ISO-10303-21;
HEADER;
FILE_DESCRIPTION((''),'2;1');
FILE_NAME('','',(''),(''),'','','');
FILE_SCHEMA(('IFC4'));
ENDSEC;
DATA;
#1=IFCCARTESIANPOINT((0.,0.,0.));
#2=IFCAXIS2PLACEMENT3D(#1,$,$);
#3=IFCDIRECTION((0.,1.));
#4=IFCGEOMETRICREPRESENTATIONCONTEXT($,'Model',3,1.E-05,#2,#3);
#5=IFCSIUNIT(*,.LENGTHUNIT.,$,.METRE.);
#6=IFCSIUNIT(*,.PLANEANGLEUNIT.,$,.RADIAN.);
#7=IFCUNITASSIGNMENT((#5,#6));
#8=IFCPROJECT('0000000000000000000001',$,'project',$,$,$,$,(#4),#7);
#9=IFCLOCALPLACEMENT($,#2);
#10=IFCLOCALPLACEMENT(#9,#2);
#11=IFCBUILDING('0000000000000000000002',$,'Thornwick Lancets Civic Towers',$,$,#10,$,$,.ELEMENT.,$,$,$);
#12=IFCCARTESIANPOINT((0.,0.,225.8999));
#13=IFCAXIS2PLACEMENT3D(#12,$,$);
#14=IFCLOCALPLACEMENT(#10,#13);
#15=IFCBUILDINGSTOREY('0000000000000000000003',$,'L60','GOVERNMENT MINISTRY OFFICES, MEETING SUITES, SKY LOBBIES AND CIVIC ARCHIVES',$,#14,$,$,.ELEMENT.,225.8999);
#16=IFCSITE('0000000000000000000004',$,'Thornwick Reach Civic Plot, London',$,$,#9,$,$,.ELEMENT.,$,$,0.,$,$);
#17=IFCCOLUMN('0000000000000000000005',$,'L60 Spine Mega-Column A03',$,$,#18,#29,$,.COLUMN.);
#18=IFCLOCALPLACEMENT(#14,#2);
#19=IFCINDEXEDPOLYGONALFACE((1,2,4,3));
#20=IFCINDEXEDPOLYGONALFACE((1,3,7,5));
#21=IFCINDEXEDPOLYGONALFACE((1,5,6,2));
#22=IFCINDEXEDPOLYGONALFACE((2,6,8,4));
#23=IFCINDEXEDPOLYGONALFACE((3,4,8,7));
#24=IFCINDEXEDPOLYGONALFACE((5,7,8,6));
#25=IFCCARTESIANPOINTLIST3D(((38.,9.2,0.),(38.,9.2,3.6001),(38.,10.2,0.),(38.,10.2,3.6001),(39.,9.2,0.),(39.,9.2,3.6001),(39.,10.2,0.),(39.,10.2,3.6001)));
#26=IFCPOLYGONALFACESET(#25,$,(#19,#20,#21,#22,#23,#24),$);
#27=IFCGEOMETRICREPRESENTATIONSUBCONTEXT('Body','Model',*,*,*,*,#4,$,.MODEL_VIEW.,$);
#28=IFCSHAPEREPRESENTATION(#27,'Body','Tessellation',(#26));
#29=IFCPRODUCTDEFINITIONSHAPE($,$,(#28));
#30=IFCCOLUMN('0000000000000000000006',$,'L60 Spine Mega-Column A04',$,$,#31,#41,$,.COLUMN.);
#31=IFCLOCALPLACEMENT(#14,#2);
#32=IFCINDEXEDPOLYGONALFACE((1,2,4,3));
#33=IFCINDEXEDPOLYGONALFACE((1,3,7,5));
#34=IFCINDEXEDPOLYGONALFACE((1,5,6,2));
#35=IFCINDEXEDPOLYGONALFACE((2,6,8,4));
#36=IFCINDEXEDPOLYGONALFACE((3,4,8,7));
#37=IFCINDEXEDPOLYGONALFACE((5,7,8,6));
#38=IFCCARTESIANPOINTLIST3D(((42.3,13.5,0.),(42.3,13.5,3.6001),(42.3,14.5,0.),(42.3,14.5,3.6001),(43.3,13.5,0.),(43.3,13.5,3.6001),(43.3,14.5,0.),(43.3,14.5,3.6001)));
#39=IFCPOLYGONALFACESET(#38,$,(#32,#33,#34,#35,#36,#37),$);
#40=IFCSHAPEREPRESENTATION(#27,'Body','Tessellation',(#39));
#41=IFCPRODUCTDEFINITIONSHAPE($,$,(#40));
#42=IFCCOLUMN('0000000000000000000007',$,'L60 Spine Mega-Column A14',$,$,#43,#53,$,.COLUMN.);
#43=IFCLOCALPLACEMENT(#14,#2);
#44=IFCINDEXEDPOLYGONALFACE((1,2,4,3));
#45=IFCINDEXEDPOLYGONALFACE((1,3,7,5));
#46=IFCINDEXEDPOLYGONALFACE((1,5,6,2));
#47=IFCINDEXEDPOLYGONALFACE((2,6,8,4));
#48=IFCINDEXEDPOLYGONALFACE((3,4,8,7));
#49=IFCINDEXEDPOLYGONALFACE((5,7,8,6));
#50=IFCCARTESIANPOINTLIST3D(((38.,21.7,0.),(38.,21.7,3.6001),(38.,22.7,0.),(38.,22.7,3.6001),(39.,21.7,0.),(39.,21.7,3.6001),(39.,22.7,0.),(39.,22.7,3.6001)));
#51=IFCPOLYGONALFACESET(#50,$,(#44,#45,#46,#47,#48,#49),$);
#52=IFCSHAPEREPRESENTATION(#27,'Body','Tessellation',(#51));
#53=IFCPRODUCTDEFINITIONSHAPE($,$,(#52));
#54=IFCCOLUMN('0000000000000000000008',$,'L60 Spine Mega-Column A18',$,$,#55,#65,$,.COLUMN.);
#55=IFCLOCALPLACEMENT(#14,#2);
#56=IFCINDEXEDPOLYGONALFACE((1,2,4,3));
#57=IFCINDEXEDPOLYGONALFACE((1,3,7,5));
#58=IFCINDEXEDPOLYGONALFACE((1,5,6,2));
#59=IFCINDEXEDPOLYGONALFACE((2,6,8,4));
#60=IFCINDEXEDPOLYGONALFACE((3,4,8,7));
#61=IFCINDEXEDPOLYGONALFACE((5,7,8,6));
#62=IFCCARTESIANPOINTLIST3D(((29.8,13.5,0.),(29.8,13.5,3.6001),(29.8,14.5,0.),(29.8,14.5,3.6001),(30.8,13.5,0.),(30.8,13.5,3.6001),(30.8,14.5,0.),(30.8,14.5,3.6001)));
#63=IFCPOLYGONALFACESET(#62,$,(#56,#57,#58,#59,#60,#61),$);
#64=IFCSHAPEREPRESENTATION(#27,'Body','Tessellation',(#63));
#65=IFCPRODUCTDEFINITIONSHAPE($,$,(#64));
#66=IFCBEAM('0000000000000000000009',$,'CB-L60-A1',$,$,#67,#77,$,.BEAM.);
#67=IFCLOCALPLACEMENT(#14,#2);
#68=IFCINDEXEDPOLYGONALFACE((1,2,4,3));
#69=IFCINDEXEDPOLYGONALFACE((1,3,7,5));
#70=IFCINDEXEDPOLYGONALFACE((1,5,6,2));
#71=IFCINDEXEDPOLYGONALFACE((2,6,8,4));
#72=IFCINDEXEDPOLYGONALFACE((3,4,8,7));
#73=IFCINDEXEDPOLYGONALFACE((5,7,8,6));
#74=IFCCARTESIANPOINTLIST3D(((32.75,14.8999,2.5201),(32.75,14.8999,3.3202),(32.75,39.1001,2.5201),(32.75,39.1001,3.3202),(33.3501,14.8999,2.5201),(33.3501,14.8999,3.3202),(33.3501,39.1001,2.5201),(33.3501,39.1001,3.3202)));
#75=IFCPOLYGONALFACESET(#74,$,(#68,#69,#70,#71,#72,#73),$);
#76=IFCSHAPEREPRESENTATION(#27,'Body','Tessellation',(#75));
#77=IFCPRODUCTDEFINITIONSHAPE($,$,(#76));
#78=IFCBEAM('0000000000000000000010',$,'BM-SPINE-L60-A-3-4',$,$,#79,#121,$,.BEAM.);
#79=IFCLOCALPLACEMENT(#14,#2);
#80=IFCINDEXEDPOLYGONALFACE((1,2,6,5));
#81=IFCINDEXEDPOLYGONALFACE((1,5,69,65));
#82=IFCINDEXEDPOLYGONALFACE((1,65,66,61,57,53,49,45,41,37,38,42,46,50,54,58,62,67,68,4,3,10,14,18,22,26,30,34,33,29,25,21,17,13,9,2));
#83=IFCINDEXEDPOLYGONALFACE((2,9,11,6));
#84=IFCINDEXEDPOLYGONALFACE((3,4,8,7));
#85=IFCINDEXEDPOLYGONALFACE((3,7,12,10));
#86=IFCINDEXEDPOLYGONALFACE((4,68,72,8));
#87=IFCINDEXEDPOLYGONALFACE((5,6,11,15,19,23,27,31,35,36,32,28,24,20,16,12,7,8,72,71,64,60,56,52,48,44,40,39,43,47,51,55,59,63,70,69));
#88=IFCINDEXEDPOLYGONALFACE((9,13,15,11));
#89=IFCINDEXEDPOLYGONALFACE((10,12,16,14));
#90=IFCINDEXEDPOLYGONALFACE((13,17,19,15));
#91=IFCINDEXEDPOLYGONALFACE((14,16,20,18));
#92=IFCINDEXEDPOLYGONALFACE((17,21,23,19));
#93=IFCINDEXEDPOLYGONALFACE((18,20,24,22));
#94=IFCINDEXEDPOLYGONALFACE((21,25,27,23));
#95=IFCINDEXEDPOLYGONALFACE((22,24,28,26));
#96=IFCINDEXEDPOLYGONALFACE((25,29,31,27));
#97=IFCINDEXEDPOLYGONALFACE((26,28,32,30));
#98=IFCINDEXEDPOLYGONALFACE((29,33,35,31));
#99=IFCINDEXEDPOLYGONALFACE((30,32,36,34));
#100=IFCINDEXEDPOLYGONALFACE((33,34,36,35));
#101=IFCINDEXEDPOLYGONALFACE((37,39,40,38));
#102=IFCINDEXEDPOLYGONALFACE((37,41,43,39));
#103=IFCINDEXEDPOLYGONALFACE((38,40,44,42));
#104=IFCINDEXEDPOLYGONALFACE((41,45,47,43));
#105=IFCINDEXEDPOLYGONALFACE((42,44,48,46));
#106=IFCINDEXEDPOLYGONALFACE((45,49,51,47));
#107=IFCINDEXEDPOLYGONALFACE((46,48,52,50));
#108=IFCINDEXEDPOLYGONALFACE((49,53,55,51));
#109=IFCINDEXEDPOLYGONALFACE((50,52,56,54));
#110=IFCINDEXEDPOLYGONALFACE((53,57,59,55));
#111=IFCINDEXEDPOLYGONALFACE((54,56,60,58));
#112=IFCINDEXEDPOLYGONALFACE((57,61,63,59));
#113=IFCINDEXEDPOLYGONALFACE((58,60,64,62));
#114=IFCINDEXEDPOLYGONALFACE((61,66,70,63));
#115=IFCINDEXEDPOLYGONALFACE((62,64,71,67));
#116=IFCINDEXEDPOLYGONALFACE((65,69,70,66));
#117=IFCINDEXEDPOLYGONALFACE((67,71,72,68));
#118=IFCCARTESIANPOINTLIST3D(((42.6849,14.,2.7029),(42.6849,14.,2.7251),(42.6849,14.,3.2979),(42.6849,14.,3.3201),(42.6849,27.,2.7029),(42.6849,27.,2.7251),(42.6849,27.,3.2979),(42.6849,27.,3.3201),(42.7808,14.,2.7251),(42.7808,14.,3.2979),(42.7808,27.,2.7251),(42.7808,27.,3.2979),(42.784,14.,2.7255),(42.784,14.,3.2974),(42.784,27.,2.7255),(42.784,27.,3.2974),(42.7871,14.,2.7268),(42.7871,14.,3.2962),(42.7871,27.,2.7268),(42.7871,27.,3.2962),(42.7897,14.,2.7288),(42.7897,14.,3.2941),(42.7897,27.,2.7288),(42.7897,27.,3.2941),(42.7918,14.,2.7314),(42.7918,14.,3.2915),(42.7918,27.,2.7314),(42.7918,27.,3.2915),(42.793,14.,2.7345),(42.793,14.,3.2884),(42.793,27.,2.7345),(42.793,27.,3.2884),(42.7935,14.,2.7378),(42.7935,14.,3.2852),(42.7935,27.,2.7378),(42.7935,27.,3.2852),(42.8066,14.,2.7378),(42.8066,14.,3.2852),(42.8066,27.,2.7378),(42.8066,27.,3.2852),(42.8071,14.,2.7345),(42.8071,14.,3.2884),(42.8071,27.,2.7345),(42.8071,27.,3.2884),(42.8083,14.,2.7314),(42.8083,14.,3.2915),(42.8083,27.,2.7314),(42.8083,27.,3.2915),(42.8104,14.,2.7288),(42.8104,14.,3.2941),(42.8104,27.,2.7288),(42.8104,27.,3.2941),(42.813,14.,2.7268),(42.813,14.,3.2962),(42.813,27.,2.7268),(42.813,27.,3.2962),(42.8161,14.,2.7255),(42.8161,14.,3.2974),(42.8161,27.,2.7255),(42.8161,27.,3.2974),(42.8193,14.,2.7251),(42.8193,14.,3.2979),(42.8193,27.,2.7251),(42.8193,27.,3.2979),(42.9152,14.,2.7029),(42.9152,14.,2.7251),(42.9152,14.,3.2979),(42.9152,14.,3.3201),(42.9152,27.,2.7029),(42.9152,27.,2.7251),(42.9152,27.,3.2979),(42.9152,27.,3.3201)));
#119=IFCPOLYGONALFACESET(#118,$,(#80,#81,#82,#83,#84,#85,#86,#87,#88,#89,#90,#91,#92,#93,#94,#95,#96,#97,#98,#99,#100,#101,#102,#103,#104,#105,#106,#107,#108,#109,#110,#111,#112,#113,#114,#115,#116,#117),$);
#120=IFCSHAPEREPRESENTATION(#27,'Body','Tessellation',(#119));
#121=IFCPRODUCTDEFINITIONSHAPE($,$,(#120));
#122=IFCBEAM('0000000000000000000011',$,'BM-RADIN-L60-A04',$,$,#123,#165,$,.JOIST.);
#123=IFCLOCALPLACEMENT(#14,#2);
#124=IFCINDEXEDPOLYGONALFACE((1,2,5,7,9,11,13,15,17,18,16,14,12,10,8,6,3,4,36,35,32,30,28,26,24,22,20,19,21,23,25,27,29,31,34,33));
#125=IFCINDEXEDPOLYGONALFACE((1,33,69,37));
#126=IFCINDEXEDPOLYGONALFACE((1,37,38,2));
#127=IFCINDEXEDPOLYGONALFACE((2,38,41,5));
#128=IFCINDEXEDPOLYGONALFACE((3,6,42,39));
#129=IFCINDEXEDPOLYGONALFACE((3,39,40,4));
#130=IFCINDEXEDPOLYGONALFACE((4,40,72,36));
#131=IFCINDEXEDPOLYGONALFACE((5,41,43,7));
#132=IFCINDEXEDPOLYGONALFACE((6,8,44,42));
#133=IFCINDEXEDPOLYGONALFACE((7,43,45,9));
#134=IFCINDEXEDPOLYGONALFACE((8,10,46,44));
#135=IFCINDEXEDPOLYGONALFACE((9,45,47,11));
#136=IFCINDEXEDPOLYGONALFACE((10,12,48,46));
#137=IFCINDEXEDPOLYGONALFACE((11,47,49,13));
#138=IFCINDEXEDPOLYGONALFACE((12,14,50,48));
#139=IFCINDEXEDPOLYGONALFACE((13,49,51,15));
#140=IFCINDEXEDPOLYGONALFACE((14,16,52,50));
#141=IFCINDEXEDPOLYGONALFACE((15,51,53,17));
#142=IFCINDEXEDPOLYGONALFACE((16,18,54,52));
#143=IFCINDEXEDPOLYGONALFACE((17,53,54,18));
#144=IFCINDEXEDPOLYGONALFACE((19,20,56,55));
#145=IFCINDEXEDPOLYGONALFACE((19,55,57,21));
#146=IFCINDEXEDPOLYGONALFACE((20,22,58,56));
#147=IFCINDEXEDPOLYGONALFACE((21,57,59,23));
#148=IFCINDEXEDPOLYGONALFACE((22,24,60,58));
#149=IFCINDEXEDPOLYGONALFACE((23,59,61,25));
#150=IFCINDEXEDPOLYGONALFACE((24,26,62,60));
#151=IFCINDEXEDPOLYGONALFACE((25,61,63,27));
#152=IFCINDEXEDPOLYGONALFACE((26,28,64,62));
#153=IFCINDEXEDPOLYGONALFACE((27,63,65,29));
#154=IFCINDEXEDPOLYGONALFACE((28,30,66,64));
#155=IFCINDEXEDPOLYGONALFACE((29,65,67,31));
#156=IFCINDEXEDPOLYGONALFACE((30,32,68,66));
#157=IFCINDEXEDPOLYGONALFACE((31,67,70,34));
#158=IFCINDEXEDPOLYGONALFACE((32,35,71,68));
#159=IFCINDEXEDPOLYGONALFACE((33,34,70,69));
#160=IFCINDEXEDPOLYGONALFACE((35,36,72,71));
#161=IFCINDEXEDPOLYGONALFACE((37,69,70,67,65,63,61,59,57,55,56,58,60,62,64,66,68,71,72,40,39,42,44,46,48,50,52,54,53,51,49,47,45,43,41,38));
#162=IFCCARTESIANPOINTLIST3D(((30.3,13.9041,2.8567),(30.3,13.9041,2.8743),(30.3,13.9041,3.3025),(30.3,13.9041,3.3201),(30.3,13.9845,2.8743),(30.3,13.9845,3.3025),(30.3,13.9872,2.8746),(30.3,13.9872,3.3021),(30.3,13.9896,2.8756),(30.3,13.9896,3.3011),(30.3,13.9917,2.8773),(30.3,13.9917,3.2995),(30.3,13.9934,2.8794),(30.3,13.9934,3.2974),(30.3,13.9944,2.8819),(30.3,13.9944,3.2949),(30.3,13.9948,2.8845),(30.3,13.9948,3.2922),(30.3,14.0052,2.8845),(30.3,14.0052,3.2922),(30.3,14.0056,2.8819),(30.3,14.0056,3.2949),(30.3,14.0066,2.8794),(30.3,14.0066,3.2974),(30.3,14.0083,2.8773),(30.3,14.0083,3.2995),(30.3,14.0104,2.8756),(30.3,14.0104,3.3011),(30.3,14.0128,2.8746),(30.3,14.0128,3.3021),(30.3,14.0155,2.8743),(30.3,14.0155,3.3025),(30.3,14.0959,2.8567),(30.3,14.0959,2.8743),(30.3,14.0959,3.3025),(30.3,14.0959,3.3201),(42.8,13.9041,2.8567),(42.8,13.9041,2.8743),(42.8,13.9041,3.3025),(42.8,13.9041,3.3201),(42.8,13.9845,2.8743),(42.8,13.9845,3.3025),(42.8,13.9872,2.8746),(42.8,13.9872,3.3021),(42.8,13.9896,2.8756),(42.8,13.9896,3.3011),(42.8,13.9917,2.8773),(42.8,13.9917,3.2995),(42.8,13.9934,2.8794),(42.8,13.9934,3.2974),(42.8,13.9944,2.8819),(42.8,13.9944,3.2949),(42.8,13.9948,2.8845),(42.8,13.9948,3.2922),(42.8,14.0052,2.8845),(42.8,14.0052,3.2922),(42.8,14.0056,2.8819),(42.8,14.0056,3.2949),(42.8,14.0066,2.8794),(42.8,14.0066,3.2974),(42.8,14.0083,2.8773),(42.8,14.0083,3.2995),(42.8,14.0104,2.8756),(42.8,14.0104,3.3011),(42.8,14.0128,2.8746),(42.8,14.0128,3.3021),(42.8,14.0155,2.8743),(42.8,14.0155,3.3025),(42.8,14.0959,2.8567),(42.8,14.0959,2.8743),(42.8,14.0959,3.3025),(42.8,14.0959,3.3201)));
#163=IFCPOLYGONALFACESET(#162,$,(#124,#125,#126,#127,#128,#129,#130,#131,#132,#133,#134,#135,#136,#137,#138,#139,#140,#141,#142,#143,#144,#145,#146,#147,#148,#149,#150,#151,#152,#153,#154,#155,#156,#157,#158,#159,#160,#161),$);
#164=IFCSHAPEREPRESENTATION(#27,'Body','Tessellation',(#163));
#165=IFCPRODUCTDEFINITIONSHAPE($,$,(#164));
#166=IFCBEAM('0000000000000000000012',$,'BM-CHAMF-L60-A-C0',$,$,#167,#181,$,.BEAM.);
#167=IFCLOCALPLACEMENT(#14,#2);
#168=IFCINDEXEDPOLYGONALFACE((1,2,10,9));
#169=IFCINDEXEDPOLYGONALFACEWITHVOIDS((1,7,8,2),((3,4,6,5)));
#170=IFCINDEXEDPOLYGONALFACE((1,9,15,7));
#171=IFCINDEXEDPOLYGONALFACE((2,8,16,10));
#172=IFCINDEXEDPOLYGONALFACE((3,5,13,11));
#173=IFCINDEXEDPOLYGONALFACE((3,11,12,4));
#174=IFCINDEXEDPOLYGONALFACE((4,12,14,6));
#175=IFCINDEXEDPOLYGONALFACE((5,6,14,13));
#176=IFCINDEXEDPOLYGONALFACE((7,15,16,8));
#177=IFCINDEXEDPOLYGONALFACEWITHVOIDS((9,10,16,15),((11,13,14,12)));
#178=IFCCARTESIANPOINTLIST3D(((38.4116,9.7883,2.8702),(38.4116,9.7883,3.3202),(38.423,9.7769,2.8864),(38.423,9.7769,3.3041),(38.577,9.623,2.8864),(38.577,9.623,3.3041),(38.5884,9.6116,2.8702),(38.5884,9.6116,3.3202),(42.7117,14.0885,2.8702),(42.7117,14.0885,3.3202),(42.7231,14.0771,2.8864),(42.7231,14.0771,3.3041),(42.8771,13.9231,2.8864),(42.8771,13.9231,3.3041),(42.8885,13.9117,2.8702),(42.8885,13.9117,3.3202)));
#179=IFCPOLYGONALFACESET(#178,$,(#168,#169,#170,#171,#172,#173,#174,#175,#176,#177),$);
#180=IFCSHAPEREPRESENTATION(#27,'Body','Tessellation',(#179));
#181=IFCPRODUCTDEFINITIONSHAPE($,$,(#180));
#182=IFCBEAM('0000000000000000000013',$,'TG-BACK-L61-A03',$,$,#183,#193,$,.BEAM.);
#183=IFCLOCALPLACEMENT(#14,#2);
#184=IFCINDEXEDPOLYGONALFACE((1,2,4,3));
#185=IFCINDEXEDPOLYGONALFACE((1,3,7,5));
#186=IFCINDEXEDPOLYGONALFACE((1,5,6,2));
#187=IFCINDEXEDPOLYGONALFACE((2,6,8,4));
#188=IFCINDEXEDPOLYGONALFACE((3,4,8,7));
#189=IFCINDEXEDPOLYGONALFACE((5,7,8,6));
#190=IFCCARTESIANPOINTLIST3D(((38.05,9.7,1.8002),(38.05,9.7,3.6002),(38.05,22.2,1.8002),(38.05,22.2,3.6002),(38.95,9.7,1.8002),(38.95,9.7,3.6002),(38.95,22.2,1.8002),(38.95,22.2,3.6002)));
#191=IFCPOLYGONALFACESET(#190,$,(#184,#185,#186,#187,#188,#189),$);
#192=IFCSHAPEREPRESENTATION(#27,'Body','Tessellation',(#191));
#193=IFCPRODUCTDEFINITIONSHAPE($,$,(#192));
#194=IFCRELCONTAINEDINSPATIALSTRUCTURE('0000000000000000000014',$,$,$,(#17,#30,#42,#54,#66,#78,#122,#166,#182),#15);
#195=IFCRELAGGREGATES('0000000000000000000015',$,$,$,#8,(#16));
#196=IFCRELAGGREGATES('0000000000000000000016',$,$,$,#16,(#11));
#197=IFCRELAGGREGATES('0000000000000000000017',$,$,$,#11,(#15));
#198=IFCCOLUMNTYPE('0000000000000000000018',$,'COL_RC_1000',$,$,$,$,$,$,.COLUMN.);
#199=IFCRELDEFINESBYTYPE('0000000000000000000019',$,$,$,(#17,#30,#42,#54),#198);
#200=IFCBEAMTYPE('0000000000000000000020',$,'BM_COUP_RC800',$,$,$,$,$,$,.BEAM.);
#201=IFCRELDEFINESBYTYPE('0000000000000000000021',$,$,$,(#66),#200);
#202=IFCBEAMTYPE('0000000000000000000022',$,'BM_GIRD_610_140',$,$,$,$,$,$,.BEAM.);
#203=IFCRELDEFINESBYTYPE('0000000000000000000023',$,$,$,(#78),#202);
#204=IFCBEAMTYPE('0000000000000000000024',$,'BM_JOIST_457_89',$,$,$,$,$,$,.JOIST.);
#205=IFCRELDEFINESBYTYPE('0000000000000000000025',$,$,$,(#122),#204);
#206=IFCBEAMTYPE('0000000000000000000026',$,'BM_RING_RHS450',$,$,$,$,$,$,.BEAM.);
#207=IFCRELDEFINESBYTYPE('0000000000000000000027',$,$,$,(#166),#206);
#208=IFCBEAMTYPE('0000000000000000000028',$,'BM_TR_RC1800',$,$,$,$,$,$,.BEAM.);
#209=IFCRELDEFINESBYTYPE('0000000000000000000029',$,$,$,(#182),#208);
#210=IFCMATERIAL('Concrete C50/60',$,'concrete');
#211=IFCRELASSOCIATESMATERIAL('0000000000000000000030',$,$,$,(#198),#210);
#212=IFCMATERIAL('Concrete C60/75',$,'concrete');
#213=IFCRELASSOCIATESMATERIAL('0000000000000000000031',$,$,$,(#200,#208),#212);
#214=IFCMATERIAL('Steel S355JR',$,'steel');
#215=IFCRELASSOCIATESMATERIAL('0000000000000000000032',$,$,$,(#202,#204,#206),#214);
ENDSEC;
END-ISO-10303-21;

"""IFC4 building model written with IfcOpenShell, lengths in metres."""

from ifc_helpers import new_model, si_unit, direction, frame, origin, origin_2d, place, context, subcontext, project, spatial, rectangle, hollow_rectangle, i_section, extrude, material, material_profile, profile_set, type_object, element, save


model = new_model("IFC4")

# Units and contexts
model_context = context("Model", 3, precision=1e-05, world=origin(), true_north=direction((0.0, 1.0)))
body_context = subcontext(model_context, "Body", "Model", "MODEL_VIEW")
ifc_project = project(units=[si_unit("LENGTHUNIT", "METRE"), si_unit("PLANEANGLEUNIT", "RADIAN")], contexts=[model_context])

# Site, building, storey
site_placement = place(None, origin())
site = spatial("IfcSite", under=ifc_project, at=site_placement, Name="Thornwick Reach Civic Plot, London", CompositionType="ELEMENT", RefElevation=0.0)
building_placement = place(site_placement, origin())
building = spatial("IfcBuilding", under=site, at=building_placement, Name="Thornwick Lancets Civic Towers", CompositionType="ELEMENT")
storey_placement = place(building_placement, frame((0.0, 0.0, 225.8999)))
storey = spatial("IfcBuildingStorey", under=building, at=storey_placement, Name="L60", Description="GOVERNMENT MINISTRY OFFICES, MEETING SUITES, SKY LOBBIES AND CIVIC ARCHIVES", CompositionType="ELEMENT", Elevation=225.8999)

# Columns
ifc_material_1 = material(Name="Concrete C50/60", Category="concrete")
ifc_material_profile_1 = material_profile(ifc_material_1, rectangle(XDim=1.0, YDim=1.0, at=origin_2d()), Name="RC 1000x1000")
ifc_profile_set_1 = profile_set([ifc_material_profile_1], Name="Concrete C50/60")
column_type = type_object("IfcColumnType", Name="COL_RC_1000", PredefinedType="COLUMN", material=ifc_profile_set_1)
for number, where, z_axis, x_axis, name in (
    (1, (38.5, 9.7, 0.0), (0.0, 0.0, 1.0), (1.0, 0.0, 0.0), "L60 Spine Mega-Column A03"),
    (2, (42.8, 14.0, 0.0), (0.0, 0.0, 1.0), (1.0, 0.0, 0.0), "L60 Spine Mega-Column A04"),
    (3, (38.5, 22.2, 0.0), (0.0, 0.0, 1.0), (1.0, 0.0, 0.0), "L60 Spine Mega-Column A14"),
    (4, (30.3, 14.0, 0.0), (0.0, 0.0, 1.0), (1.0, 0.0, 0.0), "L60 Spine Mega-Column A18"),
):
    element("IfcColumn", number, at=place(storey_placement, frame(where, z_axis=z_axis, x_axis=x_axis)), inside=storey, type_object=column_type, Name=name, PredefinedType="COLUMN", context=body_context, shape_type="SweptSolid", body=[
        extrude(rectangle(XDim=1.0, YDim=1.0, at=origin_2d()), origin(), (0.0, 0.0, 1.0), 3.6001),
    ])

# Beams
ifc_material_2 = material(Name="Concrete C60/75", Category="concrete")
ifc_material_profile_2 = material_profile(ifc_material_2, rectangle(XDim=0.6001, YDim=0.8, at=origin_2d()), Name="RC 600x800")
ifc_profile_set_2 = profile_set([ifc_material_profile_2], Name="Concrete C60/75")
beam_type_1 = type_object("IfcBeamType", Name="BM_COUP_RC800", PredefinedType="BEAM", material=ifc_profile_set_2)
beam_1_placement = place(storey_placement, frame((33.05, 14.8999, 2.9202), z_axis=(0.0, 1.0, 0.0), x_axis=(-1.0, 0.0, 0.0)))
element("IfcBeam", 5, at=beam_1_placement, inside=storey, type_object=beam_type_1, Name="CB-L60-A1", PredefinedType="BEAM", context=body_context, shape_type="SweptSolid", body=[
    extrude(rectangle(XDim=0.6001, YDim=0.8, at=origin_2d()), origin(), (0.0, 0.0, 1.0), 24.2002),
])
ifc_material_3 = material(Name="Steel S355JR", Category="steel")
ifc_material_profile_3 = material_profile(ifc_material_3, i_section(OverallWidth=0.2302, OverallDepth=0.6172, WebThickness=0.0132, FlangeThickness=0.0222, FilletRadius=0.0127, at=origin_2d()), Name="UKB 610x229x140")
ifc_profile_set_3 = profile_set([ifc_material_profile_3], Name="Steel S355JR")
beam_type_2 = type_object("IfcBeamType", Name="BM_GIRD_610_140", PredefinedType="BEAM", material=ifc_profile_set_3)
beam_2_placement = place(storey_placement, frame((42.8, 14.0, 3.0115), z_axis=(0.0, 1.0, 0.0), x_axis=(-1.0, 0.0, 0.0)))
element("IfcBeam", 6, at=beam_2_placement, inside=storey, type_object=beam_type_2, Name="BM-SPINE-L60-A-3-4", PredefinedType="BEAM", context=body_context, shape_type="SweptSolid", body=[
    extrude(i_section(OverallWidth=0.2302, OverallDepth=0.6172, WebThickness=0.0132, FlangeThickness=0.0222, FilletRadius=0.0127, at=origin_2d()), origin(), (0.0, 0.0, 1.0), 13.0),
])
ifc_material_profile_4 = material_profile(ifc_material_3, i_section(OverallWidth=0.1919, OverallDepth=0.4634, WebThickness=0.0105, FlangeThickness=0.0176, FilletRadius=0.0103, at=origin_2d()), Name="UKB 457x191x89")
ifc_profile_set_4 = profile_set([ifc_material_profile_4], Name="Steel S355JR")
beam_type_3 = type_object("IfcBeamType", Name="BM_JOIST_457_89", PredefinedType="JOIST", material=ifc_profile_set_4)
beam_3_placement = place(storey_placement, frame((30.3, 14.0, 3.0884), z_axis=(1.0, 0.0, 0.0), x_axis=(0.0, 1.0, 0.0)))
element("IfcBeam", 7, at=beam_3_placement, inside=storey, type_object=beam_type_3, Name="BM-RADIN-L60-A04", PredefinedType="JOIST", context=body_context, shape_type="SweptSolid", body=[
    extrude(i_section(OverallWidth=0.1919, OverallDepth=0.4634, WebThickness=0.0105, FlangeThickness=0.0176, FilletRadius=0.0103, at=origin_2d()), origin(), (0.0, 0.0, 1.0), 12.5),
])
ifc_material_profile_5 = material_profile(ifc_material_3, hollow_rectangle(XDim=0.25, YDim=0.45, WallThickness=0.0161, at=origin_2d()), Name="RHS 450x250x16")
ifc_profile_set_5 = profile_set([ifc_material_profile_5], Name="Steel S355JR")
beam_type_4 = type_object("IfcBeamType", Name="BM_RING_RHS450", PredefinedType="BEAM", material=ifc_profile_set_5)
beam_4_placement = place(storey_placement, frame((38.5, 9.7, 3.0952), z_axis=(0.707107, 0.707107, 0.0), x_axis=(-0.707107, 0.707107, 0.0)))
element("IfcBeam", 8, at=beam_4_placement, inside=storey, type_object=beam_type_4, Name="BM-CHAMF-L60-A-C0", PredefinedType="BEAM", context=body_context, shape_type="SweptSolid", body=[
    extrude(hollow_rectangle(XDim=0.25, YDim=0.45, WallThickness=0.0161, at=origin_2d()), origin(), (0.0, 0.0, 1.0), 6.0813),
])
ifc_material_profile_6 = material_profile(ifc_material_2, rectangle(XDim=0.8999, YDim=1.8, at=origin_2d()), Name="RC 900x1800")
ifc_profile_set_6 = profile_set([ifc_material_profile_6], Name="Concrete C60/75")
beam_type_5 = type_object("IfcBeamType", Name="BM_TR_RC1800", PredefinedType="BEAM", material=ifc_profile_set_6)
beam_5_placement = place(storey_placement, frame((38.5, 22.2, 2.7002), z_axis=(0.0, -1.0, 0.0), x_axis=(1.0, 0.0, 0.0)))
element("IfcBeam", 9, at=beam_5_placement, inside=storey, type_object=beam_type_5, Name="TG-BACK-L61-A03", PredefinedType="BEAM", context=body_context, shape_type="SweptSolid", body=[
    extrude(rectangle(XDim=0.8999, YDim=1.8, at=origin_2d()), origin(), (0.0, 0.0, 1.0), 12.5),
])

save(model, "model.ifc")
